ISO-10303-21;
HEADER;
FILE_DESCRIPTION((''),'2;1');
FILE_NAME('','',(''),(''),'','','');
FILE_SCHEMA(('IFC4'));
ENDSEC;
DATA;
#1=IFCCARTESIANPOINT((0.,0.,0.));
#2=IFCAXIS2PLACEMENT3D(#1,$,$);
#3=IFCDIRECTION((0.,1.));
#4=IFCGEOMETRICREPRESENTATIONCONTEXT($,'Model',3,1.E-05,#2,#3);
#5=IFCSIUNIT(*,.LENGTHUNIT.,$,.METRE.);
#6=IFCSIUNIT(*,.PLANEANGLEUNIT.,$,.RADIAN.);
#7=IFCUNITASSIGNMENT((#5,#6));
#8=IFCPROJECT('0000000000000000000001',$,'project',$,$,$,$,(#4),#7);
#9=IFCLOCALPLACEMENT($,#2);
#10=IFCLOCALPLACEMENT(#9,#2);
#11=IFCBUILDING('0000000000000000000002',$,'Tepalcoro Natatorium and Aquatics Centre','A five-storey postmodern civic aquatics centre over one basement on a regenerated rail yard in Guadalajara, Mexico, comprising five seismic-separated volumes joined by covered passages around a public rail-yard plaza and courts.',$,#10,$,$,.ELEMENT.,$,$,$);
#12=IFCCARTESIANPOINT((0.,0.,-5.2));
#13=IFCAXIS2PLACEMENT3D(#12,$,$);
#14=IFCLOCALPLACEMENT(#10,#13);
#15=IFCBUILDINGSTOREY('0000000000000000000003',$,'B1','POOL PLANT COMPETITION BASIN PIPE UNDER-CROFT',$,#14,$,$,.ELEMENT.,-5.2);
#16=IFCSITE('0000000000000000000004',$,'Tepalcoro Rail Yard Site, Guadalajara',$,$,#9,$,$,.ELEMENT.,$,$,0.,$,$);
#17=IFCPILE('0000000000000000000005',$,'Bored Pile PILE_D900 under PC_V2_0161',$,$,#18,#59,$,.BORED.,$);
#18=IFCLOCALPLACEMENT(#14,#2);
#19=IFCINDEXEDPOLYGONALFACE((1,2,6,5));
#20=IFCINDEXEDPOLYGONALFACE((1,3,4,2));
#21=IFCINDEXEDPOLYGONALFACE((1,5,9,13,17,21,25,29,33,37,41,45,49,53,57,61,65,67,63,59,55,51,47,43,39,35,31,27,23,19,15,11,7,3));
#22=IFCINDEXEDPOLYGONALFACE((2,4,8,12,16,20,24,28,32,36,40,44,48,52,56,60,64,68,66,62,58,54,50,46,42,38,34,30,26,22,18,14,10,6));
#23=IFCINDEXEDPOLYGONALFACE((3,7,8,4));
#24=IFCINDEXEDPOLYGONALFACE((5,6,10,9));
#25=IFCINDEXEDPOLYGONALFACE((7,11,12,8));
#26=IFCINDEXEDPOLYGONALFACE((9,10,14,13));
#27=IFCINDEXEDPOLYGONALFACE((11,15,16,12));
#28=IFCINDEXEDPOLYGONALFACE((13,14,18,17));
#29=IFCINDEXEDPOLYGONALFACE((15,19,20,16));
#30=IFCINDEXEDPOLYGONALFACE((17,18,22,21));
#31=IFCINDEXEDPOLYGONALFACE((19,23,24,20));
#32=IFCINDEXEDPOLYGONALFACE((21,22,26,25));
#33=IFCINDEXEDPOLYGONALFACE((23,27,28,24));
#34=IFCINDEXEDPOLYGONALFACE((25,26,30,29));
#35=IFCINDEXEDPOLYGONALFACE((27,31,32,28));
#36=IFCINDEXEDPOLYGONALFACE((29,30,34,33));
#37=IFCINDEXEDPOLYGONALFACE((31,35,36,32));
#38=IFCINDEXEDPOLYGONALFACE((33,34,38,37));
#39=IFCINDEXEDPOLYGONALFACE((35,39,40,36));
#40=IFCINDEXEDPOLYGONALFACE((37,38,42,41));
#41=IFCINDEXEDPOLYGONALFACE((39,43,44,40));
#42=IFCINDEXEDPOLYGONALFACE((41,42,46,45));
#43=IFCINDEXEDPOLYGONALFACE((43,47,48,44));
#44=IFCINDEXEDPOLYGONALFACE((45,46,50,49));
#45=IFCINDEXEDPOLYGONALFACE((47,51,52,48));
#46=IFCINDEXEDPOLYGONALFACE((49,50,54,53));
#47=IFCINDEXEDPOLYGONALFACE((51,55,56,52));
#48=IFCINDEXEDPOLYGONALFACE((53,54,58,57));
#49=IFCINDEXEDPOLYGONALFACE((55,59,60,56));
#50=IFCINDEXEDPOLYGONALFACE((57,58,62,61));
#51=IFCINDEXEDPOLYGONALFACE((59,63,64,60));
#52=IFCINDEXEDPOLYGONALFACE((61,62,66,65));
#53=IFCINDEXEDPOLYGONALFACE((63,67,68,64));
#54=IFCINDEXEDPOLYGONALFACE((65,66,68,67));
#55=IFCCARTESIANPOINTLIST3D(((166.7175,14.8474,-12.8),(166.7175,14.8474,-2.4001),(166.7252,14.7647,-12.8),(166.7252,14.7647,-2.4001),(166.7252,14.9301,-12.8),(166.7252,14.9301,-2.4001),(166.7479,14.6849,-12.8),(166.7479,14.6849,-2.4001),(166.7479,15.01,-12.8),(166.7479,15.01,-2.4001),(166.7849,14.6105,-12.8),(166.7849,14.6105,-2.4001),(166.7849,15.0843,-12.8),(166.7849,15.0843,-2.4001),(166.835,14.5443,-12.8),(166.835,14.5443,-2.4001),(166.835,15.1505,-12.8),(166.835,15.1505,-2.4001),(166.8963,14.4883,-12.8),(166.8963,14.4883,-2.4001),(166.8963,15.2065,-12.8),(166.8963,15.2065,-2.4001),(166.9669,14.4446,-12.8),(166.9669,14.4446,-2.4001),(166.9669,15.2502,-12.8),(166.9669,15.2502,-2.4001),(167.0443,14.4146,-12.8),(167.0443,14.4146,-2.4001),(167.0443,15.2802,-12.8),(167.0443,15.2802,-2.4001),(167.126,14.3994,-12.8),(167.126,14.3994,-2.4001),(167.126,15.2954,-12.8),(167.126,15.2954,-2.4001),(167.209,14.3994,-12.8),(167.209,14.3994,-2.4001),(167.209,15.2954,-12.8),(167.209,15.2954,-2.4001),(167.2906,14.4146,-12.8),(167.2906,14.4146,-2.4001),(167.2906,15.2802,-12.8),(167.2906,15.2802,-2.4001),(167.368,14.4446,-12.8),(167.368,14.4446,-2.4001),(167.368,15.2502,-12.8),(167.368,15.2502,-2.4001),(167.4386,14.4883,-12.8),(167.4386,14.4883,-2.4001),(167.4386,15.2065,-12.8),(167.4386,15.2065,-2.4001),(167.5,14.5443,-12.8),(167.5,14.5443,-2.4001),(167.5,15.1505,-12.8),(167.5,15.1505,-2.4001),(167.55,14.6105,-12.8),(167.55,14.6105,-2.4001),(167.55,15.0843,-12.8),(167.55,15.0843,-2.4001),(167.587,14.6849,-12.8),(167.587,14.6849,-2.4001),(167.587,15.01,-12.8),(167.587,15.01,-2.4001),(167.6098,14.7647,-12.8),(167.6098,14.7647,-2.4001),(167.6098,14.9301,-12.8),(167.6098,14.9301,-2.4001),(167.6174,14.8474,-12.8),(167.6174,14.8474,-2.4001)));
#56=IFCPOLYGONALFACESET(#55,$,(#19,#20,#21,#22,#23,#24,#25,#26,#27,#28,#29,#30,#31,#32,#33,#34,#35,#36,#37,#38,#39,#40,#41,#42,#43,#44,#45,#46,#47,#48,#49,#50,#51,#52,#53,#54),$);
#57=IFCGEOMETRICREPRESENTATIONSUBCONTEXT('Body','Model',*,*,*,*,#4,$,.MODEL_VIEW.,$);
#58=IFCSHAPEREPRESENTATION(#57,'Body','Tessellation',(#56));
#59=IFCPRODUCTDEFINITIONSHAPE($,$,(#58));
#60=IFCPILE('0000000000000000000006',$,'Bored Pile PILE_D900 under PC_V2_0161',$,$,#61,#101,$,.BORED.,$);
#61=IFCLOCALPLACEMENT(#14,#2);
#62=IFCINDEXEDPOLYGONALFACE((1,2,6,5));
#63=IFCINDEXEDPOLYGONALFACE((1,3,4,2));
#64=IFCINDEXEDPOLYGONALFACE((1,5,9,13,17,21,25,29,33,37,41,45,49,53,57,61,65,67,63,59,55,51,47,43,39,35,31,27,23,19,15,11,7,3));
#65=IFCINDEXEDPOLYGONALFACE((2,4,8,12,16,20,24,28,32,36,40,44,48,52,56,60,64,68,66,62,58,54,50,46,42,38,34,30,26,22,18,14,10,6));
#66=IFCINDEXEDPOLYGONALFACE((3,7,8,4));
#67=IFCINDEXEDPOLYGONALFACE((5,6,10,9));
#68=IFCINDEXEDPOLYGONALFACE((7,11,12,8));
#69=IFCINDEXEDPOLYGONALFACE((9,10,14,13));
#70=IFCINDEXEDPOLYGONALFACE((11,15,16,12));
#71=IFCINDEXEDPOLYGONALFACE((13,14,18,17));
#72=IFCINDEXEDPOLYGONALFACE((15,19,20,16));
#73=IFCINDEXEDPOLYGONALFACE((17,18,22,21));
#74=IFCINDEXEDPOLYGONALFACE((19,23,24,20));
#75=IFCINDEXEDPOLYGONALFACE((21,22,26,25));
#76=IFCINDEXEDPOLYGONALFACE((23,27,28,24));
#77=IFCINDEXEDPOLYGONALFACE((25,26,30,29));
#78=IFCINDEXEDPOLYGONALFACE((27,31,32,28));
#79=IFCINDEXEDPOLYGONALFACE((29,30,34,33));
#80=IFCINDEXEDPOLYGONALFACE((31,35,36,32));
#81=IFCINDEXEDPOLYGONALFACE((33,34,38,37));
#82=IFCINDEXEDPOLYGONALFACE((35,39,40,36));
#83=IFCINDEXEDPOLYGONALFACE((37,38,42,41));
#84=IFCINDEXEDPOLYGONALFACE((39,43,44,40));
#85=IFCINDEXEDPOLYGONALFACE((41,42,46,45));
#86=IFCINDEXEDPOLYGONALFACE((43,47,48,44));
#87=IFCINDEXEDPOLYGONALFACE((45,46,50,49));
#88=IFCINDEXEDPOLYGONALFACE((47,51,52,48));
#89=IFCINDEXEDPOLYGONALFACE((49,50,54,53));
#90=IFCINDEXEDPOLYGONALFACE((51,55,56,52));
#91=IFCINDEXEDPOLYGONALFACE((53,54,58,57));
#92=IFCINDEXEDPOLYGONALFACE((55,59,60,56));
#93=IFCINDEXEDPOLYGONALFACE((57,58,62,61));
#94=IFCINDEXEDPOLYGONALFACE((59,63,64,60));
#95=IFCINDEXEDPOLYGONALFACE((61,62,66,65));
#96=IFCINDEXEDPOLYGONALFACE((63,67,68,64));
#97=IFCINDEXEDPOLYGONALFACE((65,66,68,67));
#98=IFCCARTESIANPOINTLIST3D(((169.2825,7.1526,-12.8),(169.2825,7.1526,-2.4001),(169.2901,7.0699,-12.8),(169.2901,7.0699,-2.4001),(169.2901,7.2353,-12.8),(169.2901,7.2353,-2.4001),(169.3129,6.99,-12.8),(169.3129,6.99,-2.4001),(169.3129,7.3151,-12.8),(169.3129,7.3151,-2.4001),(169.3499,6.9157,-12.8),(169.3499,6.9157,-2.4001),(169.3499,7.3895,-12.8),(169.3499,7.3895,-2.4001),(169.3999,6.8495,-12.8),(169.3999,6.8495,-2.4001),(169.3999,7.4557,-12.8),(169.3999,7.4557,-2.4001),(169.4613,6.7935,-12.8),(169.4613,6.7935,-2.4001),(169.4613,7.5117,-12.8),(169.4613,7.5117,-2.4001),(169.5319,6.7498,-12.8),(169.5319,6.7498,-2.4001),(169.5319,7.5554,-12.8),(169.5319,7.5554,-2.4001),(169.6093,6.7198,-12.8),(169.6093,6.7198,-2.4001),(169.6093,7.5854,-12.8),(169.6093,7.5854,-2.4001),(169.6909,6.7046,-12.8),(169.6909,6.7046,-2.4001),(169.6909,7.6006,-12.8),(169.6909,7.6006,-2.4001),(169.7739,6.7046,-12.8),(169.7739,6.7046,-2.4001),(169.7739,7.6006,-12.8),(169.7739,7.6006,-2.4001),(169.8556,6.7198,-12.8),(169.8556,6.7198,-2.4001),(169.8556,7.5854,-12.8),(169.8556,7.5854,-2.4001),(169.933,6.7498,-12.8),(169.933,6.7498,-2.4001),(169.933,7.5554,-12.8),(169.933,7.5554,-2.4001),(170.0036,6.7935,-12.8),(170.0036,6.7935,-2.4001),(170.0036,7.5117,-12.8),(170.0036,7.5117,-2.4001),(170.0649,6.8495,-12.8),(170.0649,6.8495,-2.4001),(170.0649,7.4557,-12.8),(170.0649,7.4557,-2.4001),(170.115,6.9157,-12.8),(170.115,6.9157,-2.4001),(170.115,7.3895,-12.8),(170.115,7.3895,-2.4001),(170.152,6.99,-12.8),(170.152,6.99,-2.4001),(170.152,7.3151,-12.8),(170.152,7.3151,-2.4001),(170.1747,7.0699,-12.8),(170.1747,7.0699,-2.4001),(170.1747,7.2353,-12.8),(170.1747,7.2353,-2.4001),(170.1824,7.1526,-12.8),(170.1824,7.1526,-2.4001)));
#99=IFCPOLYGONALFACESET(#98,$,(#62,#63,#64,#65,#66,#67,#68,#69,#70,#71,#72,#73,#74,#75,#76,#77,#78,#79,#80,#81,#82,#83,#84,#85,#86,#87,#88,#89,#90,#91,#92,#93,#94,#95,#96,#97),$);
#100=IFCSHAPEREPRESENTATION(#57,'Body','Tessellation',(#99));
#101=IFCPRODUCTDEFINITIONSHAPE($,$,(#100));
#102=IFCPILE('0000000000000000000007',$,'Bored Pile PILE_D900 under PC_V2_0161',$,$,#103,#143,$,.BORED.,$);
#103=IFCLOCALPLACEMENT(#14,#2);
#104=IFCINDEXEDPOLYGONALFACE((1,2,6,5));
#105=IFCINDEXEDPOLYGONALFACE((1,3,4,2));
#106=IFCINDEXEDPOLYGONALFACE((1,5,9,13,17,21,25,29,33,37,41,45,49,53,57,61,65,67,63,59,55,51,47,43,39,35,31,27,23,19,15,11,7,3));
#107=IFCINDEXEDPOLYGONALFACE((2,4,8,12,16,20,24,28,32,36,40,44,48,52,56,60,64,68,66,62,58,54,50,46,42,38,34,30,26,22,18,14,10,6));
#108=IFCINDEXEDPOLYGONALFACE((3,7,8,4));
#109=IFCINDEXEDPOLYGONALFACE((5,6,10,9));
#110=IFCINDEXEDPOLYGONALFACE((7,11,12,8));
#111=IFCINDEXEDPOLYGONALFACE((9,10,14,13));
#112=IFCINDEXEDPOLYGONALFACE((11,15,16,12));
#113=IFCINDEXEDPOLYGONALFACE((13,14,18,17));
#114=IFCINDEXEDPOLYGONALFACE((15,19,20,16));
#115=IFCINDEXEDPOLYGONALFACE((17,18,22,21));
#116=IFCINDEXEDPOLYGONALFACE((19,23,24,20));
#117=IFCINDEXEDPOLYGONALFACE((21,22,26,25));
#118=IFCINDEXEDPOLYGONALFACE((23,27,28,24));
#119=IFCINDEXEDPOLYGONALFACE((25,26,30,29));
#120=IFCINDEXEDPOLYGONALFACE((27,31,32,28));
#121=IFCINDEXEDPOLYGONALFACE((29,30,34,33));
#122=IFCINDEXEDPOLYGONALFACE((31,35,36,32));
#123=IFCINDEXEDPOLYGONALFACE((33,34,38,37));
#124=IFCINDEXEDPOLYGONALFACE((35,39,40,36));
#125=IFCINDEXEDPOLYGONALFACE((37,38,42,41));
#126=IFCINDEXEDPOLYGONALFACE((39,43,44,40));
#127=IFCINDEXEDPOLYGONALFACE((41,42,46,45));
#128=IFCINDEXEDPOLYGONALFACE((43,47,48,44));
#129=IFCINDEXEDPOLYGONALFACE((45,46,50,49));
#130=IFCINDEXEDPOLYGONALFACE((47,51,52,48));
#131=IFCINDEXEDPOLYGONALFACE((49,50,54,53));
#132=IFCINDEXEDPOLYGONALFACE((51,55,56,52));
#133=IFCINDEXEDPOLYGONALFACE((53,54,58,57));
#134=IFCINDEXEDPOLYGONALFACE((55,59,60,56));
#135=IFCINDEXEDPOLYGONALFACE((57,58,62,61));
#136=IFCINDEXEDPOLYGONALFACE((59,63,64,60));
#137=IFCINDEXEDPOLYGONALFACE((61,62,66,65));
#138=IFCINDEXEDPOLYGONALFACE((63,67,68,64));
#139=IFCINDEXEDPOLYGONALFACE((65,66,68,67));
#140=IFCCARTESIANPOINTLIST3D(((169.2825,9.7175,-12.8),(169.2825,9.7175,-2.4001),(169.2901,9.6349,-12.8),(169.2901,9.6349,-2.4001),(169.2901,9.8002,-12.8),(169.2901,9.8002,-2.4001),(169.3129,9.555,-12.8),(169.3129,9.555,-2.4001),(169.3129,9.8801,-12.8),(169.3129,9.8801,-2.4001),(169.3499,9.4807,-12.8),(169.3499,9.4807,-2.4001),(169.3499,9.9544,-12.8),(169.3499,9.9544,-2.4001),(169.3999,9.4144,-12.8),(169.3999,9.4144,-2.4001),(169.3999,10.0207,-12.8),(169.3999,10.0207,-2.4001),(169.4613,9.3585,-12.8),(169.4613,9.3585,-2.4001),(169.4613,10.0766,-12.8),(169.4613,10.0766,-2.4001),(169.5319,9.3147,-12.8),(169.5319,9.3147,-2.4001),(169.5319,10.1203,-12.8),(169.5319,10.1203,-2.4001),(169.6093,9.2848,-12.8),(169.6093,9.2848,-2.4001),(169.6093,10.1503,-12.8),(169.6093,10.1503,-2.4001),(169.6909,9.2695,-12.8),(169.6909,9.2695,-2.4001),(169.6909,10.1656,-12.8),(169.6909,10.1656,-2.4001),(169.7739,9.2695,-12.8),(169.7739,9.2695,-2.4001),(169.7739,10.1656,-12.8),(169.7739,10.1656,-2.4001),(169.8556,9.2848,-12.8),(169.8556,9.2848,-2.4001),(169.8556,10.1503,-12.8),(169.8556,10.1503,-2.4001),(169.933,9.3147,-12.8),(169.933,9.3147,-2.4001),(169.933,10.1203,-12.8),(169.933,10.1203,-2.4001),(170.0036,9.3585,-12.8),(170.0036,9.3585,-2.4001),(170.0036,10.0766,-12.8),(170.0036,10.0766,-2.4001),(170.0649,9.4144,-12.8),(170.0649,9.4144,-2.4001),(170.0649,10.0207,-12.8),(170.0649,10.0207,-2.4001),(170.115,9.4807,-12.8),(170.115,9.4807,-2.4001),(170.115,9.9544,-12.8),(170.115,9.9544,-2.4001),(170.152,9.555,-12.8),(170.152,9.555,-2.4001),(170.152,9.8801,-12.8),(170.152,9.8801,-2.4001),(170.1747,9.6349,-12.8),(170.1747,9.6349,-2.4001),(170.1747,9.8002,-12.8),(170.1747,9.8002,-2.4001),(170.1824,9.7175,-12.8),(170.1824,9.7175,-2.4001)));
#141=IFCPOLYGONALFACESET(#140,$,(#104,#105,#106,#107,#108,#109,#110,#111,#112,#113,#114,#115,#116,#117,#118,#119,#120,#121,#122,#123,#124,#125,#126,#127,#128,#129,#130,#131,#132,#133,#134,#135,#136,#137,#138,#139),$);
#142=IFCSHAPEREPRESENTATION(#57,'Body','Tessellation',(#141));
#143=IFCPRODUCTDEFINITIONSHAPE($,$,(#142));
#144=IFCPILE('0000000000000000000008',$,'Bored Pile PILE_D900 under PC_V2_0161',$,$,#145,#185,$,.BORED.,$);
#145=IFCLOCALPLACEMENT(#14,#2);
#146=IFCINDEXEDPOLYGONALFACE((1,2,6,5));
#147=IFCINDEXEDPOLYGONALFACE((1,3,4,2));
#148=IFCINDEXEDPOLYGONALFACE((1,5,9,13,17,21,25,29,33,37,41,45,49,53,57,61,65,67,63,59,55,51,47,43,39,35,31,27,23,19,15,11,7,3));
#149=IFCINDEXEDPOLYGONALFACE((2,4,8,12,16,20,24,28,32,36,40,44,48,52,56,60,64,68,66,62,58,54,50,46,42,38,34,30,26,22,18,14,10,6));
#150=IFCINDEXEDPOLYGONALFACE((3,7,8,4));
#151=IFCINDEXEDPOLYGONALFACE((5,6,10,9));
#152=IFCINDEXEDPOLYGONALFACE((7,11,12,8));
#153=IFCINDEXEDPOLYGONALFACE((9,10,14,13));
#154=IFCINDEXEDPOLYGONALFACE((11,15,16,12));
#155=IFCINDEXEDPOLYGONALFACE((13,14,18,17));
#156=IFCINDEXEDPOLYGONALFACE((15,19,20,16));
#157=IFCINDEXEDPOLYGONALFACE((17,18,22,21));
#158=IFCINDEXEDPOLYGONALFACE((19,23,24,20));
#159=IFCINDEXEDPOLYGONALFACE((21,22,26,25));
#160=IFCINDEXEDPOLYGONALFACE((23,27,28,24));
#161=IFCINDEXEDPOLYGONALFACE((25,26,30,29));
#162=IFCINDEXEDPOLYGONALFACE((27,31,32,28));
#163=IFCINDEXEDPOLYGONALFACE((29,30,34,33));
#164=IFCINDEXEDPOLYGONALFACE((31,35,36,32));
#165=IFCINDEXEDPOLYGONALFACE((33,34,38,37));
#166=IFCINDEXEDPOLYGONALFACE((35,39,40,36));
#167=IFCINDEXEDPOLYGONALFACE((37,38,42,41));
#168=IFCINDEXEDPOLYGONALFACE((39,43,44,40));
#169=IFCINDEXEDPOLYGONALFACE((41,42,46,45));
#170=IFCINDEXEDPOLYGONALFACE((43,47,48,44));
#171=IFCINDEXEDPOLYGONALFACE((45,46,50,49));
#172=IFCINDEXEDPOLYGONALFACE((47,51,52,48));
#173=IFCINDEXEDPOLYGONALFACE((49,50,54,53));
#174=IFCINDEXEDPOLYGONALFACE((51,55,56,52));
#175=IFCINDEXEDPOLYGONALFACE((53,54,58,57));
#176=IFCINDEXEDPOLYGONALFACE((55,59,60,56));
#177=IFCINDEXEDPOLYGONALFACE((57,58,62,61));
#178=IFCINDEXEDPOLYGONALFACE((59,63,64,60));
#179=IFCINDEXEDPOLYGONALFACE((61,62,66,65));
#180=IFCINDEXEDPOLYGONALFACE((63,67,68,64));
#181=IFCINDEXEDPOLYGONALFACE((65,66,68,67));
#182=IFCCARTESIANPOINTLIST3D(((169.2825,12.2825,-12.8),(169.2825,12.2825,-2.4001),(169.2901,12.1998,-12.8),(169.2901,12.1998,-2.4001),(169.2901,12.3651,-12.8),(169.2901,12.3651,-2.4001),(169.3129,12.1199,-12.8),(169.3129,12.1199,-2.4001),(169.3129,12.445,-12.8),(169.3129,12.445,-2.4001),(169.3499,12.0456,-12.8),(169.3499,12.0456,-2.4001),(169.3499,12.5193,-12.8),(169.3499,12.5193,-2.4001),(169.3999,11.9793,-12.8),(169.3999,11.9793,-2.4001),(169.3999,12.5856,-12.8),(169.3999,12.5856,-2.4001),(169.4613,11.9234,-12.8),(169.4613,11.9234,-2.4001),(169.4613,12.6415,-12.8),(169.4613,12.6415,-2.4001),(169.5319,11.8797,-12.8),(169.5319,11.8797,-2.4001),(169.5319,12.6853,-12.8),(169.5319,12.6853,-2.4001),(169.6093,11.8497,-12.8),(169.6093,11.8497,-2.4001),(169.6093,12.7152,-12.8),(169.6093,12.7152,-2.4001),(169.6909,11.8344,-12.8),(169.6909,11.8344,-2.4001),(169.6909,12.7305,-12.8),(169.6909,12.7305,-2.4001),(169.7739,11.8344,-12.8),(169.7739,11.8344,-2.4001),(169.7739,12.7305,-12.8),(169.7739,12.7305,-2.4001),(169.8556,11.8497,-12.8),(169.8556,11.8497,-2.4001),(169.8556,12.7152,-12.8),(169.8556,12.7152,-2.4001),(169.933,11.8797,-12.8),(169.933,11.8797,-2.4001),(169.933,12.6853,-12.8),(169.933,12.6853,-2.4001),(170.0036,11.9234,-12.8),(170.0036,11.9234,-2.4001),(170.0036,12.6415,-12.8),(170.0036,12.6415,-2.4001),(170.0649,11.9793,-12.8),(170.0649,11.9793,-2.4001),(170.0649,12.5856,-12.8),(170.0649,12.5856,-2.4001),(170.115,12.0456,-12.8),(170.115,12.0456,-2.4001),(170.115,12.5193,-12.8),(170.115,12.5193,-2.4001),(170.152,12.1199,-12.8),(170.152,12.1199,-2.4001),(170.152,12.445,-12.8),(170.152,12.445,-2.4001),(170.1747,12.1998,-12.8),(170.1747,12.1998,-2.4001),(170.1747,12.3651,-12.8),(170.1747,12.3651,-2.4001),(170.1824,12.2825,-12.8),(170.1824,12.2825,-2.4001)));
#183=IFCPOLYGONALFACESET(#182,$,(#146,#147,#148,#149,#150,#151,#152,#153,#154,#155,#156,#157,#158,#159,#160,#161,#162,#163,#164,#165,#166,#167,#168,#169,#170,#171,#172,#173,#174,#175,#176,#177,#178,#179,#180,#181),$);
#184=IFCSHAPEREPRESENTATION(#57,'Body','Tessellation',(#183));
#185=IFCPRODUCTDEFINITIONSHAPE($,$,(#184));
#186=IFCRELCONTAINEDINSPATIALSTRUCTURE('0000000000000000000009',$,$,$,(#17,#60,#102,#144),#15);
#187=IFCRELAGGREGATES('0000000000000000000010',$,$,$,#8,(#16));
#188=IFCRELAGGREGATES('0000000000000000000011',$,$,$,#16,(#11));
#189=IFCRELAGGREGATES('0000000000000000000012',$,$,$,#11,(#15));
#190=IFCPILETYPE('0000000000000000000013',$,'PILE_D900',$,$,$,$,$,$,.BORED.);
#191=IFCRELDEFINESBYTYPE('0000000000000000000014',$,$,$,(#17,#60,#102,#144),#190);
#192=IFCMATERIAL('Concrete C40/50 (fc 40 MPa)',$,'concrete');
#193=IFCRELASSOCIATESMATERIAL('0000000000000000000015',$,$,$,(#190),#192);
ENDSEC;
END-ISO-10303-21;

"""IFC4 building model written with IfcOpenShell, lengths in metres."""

from ifc_helpers import new_model, si_unit, direction, frame, origin, origin_2d, place, context, subcontext, project, spatial, circle, extrude, material, material_profile, profile_set, type_object, element, save


model = new_model("IFC4")

# Units and contexts
model_context = context("Model", 3, precision=1e-05, world=origin(), true_north=direction((0.0, 1.0)))
body_context = subcontext(model_context, "Body", "Model", "MODEL_VIEW")
ifc_project = project(units=[si_unit("LENGTHUNIT", "METRE"), si_unit("PLANEANGLEUNIT", "RADIAN")], contexts=[model_context])

# Site, building, storey
site_placement = place(None, origin())
site = spatial("IfcSite", under=ifc_project, at=site_placement, Name="Tepalcoro Rail Yard Site, Guadalajara", CompositionType="ELEMENT", RefElevation=0.0)
building_placement = place(site_placement, origin())
building = spatial("IfcBuilding", under=site, at=building_placement, Name="Tepalcoro Natatorium and Aquatics Centre", Description="A five-storey postmodern civic aquatics centre over one basement on a regenerated rail yard in Guadalajara, Mexico, comprising five seismic-separated volumes joined by covered passages around a public rail-yard plaza and courts.", CompositionType="ELEMENT")
storey_placement = place(building_placement, frame((0.0, 0.0, -5.2)))
storey = spatial("IfcBuildingStorey", under=building, at=storey_placement, Name="B1", Description="POOL PLANT COMPETITION BASIN PIPE UNDER-CROFT", CompositionType="ELEMENT", Elevation=-5.2)

# Piles
ifc_material_1 = material(Name="Concrete C40/50 (fc 40 MPa)", Category="concrete")
ifc_material_profile_1 = material_profile(ifc_material_1, circle(Radius=0.45, at=origin_2d()), Name="PILE_D900")
ifc_profile_set_1 = profile_set([ifc_material_profile_1], Name="Concrete C40/50 (fc 40 MPa)")
pile_type_1 = type_object("IfcPileType", Name="PILE_D900", PredefinedType="BORED", material=ifc_profile_set_1)
for number, where, z_axis, x_axis, name in (
    (1, (167.1675, 14.8474, -2.4001), (0.0, 0.0, -1.0), (1.0, 0.0, 0.0), "Bored Pile PILE_D900 under PC_V2_0161"),
    (2, (169.7324, 7.1526, -2.4001), (0.0, 0.0, -1.0), (1.0, 0.0, 0.0), "Bored Pile PILE_D900 under PC_V2_0161"),
    (3, (169.7324, 9.7175, -2.4001), (0.0, 0.0, -1.0), (1.0, 0.0, 0.0), "Bored Pile PILE_D900 under PC_V2_0161"),
    (4, (169.7324, 12.2825, -2.4001), (0.0, 0.0, -1.0), (1.0, 0.0, 0.0), "Bored Pile PILE_D900 under PC_V2_0161"),
):
    element("IfcPile", number, at=place(storey_placement, frame(where, z_axis=z_axis, x_axis=x_axis)), inside=storey, type_object=pile_type_1, Name=name, PredefinedType="BORED", context=body_context, shape_type="SweptSolid", body=[
        extrude(circle(Radius=0.45, at=origin_2d()), origin(), (0.0, 0.0, 1.0), 10.3999),
    ])

save(model, "model.ifc")
